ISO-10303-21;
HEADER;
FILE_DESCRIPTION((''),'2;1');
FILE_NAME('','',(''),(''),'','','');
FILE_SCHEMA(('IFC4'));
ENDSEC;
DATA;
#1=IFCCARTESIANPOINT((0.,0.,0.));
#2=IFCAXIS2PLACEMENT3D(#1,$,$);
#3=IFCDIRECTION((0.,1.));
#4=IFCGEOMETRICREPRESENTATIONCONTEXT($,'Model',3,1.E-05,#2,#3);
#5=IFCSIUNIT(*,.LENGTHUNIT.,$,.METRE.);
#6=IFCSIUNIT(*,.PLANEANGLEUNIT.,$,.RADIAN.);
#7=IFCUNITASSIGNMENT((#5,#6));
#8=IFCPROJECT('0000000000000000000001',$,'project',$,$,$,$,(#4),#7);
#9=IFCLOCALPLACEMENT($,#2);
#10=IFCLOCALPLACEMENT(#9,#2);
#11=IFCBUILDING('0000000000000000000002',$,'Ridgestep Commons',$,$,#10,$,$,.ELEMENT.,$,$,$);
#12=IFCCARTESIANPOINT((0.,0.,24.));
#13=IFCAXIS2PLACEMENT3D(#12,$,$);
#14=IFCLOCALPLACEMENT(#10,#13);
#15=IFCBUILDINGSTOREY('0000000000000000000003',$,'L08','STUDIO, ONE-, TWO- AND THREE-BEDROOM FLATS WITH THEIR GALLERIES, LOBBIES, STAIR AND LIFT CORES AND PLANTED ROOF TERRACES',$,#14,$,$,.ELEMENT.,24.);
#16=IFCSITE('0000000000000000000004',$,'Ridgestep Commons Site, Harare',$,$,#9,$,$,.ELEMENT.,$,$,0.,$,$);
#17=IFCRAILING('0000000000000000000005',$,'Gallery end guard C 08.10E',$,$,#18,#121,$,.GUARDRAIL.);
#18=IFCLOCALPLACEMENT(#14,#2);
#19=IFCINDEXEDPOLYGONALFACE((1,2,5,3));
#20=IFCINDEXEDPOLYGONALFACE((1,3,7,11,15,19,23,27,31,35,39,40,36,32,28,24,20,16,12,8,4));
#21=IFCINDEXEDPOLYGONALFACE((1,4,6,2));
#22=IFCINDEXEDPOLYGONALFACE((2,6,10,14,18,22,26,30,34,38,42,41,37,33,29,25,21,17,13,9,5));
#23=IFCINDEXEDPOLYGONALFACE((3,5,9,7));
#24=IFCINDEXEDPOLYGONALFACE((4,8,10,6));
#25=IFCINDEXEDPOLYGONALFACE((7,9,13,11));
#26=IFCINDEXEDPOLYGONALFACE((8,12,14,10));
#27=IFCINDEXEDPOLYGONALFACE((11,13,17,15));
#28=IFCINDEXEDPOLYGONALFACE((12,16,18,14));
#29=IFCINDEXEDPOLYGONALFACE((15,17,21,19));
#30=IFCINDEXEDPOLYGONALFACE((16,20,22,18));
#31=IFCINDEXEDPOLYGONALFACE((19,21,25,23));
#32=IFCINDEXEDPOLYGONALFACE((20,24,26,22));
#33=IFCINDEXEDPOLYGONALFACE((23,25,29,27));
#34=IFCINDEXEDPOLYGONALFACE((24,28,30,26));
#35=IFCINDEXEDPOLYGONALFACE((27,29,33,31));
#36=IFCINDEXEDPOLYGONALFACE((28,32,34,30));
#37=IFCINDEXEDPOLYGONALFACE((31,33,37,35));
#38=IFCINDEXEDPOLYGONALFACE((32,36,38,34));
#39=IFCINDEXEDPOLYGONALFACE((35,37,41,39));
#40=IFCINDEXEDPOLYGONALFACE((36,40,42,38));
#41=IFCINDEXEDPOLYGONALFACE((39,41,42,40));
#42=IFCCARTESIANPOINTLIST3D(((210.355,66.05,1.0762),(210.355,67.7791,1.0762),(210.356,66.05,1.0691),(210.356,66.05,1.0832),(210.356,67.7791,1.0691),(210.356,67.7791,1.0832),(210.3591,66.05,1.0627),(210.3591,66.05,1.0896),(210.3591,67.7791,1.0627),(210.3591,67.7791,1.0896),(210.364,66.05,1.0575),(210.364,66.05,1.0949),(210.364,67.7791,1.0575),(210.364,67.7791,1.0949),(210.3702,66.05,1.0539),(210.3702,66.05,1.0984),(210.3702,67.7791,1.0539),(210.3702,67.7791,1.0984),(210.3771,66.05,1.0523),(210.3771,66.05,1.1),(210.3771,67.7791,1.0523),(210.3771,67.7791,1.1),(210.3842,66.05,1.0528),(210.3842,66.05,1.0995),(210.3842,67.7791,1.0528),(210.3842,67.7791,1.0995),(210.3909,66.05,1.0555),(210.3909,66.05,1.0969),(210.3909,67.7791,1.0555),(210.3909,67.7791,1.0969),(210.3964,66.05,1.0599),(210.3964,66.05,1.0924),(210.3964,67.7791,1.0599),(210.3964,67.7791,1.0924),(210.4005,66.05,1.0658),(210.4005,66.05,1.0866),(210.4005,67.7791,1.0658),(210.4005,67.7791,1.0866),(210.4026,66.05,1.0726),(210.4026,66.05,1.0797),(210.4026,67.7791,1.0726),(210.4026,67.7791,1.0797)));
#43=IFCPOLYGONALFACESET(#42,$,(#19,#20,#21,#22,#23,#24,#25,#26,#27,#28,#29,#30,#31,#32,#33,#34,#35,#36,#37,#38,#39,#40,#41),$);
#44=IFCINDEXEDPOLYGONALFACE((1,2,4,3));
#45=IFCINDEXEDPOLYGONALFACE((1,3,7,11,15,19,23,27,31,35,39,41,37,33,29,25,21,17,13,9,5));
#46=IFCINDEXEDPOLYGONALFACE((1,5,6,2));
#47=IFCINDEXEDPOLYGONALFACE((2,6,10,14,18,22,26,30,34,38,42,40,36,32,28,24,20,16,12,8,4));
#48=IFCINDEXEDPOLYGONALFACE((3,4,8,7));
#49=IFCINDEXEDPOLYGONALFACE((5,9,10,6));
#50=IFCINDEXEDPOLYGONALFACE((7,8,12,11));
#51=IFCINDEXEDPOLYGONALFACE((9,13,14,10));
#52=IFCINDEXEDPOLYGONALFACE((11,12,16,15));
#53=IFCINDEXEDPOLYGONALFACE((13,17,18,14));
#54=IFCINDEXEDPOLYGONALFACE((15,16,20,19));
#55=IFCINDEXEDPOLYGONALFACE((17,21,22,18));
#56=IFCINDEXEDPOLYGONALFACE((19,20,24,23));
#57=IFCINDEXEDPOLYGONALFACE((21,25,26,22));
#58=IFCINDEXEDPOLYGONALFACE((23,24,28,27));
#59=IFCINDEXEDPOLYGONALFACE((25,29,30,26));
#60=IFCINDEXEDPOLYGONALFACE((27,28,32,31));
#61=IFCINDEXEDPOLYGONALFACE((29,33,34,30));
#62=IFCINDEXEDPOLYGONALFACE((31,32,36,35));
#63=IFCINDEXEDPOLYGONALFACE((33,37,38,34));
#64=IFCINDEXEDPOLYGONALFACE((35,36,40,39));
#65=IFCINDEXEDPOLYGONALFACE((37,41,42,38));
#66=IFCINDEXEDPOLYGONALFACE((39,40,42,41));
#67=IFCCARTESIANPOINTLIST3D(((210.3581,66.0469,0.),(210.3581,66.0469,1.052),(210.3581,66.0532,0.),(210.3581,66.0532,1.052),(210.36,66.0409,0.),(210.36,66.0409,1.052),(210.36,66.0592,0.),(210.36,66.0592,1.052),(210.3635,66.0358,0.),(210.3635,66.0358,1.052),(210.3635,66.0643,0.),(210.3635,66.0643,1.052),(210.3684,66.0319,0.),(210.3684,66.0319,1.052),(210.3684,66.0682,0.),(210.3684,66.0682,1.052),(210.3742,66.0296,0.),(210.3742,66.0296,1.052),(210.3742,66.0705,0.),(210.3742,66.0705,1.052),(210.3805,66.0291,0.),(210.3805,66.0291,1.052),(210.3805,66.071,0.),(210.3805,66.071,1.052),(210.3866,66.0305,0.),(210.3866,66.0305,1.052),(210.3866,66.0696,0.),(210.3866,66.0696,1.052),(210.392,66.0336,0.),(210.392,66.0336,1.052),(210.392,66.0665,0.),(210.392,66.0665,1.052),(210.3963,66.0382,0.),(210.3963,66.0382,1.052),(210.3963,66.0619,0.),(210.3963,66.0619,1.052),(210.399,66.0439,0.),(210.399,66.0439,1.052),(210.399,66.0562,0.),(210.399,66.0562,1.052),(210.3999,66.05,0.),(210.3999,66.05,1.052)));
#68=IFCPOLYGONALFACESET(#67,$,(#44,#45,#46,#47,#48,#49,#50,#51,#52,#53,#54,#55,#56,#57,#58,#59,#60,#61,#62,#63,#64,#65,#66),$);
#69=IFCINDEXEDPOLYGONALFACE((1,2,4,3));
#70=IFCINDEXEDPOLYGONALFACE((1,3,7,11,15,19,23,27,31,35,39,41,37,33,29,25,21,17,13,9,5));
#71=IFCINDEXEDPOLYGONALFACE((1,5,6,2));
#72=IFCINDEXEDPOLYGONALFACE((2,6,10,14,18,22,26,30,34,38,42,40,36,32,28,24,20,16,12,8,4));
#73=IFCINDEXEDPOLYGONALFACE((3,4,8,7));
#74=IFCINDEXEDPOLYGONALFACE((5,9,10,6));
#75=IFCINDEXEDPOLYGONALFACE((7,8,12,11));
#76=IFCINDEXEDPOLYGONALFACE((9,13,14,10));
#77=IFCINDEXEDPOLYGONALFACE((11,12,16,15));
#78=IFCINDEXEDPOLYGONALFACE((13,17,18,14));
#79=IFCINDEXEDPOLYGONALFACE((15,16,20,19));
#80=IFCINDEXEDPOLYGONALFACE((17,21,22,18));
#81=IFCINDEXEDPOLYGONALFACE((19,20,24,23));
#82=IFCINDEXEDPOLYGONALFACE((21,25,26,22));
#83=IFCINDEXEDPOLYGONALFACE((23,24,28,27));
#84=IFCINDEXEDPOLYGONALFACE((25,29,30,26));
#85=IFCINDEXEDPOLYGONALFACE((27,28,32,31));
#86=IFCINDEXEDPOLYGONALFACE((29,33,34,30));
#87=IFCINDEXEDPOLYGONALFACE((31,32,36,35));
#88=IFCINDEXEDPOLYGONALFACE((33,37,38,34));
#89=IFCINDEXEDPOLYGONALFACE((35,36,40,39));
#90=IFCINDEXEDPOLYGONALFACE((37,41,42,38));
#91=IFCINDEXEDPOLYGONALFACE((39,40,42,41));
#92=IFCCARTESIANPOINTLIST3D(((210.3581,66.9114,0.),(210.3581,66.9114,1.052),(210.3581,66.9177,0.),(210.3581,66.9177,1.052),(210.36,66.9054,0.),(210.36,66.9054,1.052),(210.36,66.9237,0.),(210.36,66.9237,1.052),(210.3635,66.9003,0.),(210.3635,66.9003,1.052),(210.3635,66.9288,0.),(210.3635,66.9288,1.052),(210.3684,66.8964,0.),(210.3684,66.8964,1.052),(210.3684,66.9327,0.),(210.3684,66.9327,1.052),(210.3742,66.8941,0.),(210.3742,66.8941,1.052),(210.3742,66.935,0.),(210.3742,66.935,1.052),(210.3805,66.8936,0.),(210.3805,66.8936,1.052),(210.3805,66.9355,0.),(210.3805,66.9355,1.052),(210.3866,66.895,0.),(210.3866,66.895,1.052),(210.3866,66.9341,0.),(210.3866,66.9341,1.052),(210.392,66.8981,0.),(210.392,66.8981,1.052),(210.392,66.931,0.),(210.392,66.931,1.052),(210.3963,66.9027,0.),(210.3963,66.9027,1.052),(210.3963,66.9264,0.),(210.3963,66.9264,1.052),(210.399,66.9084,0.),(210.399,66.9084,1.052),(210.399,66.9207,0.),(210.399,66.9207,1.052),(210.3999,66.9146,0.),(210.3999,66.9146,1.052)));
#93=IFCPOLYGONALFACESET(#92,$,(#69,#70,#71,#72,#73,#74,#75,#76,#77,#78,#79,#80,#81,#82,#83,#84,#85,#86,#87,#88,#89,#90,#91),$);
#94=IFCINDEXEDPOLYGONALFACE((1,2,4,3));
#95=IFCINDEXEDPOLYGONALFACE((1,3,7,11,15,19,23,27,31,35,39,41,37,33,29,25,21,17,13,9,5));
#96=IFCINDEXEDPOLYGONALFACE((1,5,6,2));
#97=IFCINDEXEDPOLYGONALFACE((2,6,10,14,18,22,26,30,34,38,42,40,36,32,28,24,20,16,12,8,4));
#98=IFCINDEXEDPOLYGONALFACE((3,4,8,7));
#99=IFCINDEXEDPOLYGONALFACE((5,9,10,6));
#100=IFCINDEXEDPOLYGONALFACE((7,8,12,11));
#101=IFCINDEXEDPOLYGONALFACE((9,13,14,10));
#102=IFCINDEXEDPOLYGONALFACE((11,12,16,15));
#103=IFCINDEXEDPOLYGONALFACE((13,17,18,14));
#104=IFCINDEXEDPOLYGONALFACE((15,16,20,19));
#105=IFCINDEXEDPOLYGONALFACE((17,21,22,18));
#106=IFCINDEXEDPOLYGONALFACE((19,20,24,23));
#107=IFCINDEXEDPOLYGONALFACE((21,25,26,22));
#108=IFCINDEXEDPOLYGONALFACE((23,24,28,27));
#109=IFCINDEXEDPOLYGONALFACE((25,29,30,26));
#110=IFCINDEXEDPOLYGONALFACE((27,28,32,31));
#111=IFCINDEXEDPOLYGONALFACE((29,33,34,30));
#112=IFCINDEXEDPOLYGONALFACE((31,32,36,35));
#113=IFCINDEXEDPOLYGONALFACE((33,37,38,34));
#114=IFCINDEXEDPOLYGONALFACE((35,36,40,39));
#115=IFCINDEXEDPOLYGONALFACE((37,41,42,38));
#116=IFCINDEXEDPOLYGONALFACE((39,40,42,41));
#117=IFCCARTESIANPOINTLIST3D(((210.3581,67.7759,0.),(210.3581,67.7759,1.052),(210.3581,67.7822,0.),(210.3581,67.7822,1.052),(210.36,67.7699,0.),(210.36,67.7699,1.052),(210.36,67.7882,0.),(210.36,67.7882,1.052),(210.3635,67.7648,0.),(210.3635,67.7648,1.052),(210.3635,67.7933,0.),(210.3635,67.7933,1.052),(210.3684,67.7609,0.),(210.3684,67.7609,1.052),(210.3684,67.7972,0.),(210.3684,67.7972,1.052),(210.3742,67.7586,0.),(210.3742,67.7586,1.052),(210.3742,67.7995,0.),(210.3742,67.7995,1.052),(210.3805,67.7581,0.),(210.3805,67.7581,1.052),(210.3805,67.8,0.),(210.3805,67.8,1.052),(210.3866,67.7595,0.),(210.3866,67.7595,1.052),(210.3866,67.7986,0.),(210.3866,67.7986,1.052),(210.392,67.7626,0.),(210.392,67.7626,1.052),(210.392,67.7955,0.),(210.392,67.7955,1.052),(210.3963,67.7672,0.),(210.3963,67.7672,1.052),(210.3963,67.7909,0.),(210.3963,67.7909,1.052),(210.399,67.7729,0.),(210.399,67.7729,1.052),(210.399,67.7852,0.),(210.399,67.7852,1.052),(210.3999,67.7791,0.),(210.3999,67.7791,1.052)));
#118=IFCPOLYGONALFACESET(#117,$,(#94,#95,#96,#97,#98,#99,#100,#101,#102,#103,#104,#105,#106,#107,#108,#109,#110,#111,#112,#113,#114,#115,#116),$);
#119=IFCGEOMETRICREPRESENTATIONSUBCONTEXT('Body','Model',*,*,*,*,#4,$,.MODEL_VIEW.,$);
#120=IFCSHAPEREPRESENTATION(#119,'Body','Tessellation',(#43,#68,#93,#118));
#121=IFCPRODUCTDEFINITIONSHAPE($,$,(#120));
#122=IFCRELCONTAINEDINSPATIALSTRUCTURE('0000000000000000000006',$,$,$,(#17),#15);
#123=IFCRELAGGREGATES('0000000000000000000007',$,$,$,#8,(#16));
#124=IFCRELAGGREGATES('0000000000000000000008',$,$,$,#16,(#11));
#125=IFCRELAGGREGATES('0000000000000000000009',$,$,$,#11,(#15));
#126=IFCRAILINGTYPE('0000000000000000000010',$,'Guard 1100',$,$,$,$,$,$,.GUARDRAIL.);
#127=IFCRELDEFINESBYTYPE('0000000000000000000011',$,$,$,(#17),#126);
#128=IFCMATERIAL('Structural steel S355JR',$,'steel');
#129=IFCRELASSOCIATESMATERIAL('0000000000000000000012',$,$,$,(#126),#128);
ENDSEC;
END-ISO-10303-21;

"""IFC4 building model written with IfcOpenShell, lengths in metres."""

from ifc_helpers import new_model, si_unit, direction, frame, origin, origin_2d, place, context, subcontext, project, spatial, circle, extrude, material, type_object, element, save


model = new_model("IFC4")

# Units and contexts
model_context = context("Model", 3, precision=1e-05, world=origin(), true_north=direction((0.0, 1.0)))
body_context = subcontext(model_context, "Body", "Model", "MODEL_VIEW")
ifc_project = project(units=[si_unit("LENGTHUNIT", "METRE"), si_unit("PLANEANGLEUNIT", "RADIAN")], contexts=[model_context])

# Site, building, storey
site_placement = place(None, origin())
site = spatial("IfcSite", under=ifc_project, at=site_placement, Name="Ridgestep Commons Site, Harare", CompositionType="ELEMENT", RefElevation=0.0)
building_placement = place(site_placement, origin())
building = spatial("IfcBuilding", under=site, at=building_placement, Name="Ridgestep Commons", CompositionType="ELEMENT")
storey_placement = place(building_placement, frame((0.0, 0.0, 24.0)))
storey = spatial("IfcBuildingStorey", under=building, at=storey_placement, Name="L08", Description="STUDIO, ONE-, TWO- AND THREE-BEDROOM FLATS WITH THEIR GALLERIES, LOBBIES, STAIR AND LIFT CORES AND PLANTED ROOF TERRACES", CompositionType="ELEMENT", Elevation=24.0)

# Railing
ifc_material_1 = material(Name="Structural steel S355JR", Category="steel")
railing_type_1 = type_object("IfcRailingType", Name="Guard 1100", PredefinedType="GUARDRAIL", material=ifc_material_1)
railing_1_placement = place(storey_placement, frame((210.3789, 66.05, 0.0)))
element("IfcRailing", 1, at=railing_1_placement, inside=storey, type_object=railing_type_1, Name="Gallery end guard C 08.10E", PredefinedType="GUARDRAIL", context=body_context, shape_type="SweptSolid", body=[
    extrude(circle(Radius=0.0239, at=origin_2d()), frame((0.0, 0.0, 1.0762), z_axis=(0.0, 1.0, 0.0), x_axis=(-1.0, 0.0, 0.0)), (0.0, 0.0, 1.0), 1.729),
    extrude(circle(Radius=0.021, at=origin_2d()), origin(), (0.0, 0.0, 1.0), 1.052),
    extrude(circle(Radius=0.021, at=origin_2d()), frame((0.0, 0.8645, 0.0)), (0.0, 0.0, 1.0), 1.052),
    extrude(circle(Radius=0.021, at=origin_2d()), frame((0.0, 1.729, 0.0)), (0.0, 0.0, 1.0), 1.052),
])

save(model, "model.ifc")
